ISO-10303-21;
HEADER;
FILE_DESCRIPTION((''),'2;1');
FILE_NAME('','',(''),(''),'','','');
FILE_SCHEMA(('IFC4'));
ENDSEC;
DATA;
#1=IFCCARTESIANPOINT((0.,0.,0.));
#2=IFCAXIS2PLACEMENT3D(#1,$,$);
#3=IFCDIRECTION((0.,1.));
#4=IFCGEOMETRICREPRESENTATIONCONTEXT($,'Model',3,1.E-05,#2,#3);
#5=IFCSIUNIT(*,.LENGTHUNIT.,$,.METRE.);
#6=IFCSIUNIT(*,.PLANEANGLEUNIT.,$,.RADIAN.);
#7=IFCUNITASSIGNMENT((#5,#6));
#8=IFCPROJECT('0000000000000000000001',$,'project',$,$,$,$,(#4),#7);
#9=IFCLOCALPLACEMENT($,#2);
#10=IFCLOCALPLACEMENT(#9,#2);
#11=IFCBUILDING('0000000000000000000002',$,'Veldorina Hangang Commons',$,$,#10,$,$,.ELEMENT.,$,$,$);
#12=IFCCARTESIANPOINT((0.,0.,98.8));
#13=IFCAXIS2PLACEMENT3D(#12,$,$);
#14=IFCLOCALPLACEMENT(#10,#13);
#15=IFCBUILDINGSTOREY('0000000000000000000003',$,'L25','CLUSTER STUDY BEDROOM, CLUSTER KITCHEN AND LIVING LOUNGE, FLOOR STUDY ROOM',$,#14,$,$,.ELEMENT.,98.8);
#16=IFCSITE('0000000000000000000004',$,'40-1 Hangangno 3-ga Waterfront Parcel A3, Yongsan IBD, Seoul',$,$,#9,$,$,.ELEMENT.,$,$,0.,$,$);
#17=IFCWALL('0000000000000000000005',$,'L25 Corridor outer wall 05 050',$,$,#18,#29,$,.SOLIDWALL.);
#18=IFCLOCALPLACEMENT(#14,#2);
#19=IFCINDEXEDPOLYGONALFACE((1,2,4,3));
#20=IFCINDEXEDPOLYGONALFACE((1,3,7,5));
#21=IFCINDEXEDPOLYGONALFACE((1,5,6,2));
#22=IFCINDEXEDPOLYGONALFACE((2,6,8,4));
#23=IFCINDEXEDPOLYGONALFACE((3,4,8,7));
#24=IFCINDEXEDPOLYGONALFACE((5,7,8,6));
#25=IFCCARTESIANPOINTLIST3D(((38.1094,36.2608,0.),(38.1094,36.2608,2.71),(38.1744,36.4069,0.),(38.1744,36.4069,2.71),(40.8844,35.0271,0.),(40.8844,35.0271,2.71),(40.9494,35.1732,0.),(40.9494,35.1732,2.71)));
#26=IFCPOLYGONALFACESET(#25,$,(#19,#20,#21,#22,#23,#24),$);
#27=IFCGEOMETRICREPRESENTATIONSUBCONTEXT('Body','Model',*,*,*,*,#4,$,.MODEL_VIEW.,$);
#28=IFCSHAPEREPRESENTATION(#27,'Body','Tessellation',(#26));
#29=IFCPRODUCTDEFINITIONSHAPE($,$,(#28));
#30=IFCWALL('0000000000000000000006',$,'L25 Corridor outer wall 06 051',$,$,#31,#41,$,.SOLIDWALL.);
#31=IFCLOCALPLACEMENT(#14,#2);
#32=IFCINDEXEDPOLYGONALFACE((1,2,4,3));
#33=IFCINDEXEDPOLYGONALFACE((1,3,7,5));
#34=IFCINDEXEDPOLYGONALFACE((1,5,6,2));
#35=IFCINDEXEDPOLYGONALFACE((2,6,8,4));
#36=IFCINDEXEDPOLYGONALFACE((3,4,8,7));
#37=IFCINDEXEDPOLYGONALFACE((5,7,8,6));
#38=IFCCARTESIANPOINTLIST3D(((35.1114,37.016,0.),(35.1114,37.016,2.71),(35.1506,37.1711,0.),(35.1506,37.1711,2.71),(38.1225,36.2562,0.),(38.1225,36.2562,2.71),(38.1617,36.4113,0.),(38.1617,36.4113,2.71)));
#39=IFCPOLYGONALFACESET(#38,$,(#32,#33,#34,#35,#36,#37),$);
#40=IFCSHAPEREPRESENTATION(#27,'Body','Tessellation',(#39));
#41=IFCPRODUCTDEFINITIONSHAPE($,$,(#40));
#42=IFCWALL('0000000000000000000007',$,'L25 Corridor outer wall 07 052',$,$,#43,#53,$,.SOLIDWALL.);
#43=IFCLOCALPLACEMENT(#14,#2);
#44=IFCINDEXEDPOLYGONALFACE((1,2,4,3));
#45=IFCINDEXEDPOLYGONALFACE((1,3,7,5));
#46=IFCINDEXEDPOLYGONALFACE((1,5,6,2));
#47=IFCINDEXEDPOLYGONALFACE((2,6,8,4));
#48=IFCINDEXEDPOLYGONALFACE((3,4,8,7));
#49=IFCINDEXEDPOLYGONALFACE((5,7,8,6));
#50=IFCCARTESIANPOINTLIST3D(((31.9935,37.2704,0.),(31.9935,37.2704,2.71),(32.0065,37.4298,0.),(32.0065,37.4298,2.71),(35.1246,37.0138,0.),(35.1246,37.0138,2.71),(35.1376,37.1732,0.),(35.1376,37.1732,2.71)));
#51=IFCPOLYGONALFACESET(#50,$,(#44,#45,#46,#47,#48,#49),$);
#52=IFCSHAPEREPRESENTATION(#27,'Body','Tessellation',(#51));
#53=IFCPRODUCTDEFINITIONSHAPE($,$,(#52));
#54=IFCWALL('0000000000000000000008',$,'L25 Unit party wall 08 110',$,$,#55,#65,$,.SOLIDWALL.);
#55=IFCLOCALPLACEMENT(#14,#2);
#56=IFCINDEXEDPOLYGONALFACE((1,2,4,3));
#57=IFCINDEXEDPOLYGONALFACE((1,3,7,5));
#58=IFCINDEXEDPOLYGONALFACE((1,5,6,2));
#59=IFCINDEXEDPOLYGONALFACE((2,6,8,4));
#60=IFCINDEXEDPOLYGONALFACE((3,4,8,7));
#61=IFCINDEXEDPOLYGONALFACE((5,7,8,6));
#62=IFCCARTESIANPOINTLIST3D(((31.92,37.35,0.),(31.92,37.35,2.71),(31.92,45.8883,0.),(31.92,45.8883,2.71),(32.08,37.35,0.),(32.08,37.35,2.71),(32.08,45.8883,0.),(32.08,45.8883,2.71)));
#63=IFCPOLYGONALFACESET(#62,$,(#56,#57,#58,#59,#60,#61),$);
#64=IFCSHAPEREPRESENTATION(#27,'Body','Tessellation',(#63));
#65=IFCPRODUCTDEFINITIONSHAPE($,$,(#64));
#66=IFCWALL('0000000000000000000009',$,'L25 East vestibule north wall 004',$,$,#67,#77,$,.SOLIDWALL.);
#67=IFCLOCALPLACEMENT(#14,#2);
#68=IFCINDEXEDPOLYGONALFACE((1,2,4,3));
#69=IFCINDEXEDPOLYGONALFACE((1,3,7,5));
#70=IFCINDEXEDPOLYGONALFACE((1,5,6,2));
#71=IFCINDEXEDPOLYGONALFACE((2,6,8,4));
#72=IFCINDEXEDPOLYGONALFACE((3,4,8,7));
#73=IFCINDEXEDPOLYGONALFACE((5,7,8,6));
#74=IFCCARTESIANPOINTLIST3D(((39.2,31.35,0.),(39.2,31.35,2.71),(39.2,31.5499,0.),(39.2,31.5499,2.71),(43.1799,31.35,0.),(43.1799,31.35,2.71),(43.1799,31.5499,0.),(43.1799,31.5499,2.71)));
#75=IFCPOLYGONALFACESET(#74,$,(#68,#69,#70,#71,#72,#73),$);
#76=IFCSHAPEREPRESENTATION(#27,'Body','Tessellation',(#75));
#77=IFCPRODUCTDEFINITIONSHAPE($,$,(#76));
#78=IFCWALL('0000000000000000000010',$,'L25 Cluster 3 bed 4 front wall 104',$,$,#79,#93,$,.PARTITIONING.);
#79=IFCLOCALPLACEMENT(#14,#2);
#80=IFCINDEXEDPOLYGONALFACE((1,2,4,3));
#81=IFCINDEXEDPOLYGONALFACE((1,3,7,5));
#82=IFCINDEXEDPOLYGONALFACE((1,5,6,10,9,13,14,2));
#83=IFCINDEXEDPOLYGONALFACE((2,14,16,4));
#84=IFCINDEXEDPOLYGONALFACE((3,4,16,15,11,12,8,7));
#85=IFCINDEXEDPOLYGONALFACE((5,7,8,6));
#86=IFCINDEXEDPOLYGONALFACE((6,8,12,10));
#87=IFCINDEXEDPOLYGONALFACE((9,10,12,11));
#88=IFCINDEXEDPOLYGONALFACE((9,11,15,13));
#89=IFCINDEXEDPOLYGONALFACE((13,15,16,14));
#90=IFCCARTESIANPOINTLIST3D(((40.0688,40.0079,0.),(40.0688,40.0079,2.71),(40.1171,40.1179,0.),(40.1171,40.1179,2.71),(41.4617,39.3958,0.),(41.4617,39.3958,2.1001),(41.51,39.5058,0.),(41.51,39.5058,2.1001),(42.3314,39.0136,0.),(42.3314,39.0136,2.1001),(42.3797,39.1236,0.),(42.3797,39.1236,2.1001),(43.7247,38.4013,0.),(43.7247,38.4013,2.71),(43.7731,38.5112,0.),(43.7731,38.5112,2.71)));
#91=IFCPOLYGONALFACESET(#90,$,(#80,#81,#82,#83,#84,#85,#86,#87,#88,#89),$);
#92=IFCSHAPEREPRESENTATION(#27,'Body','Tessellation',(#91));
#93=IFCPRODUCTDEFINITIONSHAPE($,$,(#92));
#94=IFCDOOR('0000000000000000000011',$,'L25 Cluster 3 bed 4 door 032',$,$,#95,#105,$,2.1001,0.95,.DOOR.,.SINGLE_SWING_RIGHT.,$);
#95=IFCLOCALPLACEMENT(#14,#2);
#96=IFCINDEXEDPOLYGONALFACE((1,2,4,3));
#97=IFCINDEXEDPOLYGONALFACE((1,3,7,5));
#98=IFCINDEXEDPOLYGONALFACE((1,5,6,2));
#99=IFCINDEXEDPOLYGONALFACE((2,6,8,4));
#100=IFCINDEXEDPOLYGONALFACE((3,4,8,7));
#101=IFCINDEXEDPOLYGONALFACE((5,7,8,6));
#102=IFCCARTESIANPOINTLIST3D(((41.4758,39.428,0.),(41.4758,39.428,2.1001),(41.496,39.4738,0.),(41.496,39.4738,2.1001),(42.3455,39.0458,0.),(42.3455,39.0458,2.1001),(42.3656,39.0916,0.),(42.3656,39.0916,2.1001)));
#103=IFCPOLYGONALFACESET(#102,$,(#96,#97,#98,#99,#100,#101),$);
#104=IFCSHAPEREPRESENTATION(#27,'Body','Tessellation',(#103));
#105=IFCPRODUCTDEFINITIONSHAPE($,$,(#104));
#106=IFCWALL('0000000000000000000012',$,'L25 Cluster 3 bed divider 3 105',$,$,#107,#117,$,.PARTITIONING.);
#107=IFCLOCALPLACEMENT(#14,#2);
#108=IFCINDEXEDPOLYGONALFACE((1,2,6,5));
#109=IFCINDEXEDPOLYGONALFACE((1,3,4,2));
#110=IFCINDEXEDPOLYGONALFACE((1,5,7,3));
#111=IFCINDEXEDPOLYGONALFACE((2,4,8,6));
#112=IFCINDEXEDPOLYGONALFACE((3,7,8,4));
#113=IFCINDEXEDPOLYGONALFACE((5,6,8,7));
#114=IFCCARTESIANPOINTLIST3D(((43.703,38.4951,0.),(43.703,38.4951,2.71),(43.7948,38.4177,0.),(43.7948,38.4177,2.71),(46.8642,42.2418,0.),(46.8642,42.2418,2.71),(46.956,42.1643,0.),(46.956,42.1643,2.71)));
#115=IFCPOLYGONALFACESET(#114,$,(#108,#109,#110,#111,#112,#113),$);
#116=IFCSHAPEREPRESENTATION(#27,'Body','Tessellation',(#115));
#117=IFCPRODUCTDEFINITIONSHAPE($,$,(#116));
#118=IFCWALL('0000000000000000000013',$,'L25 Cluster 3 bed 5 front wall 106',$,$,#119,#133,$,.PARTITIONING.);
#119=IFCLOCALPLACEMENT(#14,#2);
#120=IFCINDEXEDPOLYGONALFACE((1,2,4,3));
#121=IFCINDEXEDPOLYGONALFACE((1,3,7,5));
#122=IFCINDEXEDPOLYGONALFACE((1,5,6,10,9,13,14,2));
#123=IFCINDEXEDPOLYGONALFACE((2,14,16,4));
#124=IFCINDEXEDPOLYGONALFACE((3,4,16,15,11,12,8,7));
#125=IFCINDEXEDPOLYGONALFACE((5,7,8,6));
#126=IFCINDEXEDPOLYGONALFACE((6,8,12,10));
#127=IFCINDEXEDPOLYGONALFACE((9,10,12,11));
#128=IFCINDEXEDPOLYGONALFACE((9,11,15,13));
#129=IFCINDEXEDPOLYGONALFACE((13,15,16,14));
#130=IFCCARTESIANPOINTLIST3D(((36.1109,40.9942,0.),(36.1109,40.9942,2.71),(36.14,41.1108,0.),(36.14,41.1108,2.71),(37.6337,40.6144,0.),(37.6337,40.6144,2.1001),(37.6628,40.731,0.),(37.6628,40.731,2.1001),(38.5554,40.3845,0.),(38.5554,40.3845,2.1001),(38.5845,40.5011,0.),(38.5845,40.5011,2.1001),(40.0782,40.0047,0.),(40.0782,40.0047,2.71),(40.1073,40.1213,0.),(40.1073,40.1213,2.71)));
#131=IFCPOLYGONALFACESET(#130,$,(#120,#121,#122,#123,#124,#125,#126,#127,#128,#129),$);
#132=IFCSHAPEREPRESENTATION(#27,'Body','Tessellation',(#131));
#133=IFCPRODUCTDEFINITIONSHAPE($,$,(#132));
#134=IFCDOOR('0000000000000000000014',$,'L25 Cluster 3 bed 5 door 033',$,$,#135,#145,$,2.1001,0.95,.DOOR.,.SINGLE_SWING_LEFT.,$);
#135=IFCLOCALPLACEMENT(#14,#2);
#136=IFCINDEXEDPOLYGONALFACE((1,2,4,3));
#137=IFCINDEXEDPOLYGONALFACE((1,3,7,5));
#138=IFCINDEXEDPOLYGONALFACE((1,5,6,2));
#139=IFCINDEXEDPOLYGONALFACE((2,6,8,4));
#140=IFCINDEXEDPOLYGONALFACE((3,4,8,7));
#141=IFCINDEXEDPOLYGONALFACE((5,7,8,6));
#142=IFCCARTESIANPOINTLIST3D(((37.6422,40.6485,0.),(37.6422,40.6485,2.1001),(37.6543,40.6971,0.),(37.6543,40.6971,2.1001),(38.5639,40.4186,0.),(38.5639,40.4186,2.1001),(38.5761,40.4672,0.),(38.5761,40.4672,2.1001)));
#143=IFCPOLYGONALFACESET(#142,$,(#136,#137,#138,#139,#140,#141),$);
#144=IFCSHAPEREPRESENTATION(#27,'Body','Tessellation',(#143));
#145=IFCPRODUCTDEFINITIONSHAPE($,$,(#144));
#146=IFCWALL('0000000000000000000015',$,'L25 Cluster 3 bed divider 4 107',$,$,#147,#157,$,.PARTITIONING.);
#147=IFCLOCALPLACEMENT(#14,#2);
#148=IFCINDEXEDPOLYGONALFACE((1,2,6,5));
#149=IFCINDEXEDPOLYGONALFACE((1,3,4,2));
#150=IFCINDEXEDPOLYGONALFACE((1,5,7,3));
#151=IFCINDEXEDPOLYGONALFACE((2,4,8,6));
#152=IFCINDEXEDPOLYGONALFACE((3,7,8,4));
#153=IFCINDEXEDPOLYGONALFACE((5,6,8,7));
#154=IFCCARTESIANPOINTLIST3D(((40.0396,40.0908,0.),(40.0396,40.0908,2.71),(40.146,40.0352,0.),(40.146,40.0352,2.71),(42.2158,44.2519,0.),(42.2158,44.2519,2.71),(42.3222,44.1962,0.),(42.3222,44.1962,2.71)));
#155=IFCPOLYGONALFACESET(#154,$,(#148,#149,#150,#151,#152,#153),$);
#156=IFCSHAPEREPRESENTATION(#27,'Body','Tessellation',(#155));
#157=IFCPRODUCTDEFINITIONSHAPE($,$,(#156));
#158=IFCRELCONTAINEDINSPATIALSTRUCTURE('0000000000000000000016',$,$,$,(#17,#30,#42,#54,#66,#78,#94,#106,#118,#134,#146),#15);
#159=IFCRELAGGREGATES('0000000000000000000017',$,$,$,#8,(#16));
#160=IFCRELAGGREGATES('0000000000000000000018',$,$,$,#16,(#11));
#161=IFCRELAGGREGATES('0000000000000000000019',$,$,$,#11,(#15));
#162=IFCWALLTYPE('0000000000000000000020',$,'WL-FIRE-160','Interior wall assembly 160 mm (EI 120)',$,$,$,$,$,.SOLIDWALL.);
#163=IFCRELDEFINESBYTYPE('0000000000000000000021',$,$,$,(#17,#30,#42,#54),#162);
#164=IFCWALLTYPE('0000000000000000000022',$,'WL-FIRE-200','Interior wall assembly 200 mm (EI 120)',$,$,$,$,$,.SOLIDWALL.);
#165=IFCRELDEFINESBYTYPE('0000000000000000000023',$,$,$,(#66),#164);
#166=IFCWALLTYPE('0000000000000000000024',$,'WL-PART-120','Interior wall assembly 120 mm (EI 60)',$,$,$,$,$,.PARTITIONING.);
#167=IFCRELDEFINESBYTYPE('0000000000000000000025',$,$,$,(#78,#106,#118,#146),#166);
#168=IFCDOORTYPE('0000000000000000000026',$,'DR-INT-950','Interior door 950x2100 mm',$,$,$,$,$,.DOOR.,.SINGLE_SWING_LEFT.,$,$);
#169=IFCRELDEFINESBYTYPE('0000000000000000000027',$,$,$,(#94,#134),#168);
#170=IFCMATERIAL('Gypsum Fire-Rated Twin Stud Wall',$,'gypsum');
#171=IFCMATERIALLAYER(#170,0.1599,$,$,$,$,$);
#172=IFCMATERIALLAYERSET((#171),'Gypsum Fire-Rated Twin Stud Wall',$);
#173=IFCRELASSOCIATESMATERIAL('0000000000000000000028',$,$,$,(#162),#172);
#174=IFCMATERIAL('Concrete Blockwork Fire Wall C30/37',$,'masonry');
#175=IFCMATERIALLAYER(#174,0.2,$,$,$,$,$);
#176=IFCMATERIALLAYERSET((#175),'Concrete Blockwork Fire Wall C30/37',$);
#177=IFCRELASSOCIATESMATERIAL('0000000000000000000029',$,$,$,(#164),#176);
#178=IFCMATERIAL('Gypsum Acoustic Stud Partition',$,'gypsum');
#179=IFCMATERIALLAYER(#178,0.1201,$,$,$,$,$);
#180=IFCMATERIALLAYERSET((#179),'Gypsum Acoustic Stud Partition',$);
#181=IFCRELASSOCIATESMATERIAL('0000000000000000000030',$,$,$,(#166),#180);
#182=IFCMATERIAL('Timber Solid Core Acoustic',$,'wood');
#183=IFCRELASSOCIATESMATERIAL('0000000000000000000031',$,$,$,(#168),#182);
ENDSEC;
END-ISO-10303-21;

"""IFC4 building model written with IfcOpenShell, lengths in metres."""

from ifc_helpers import new_model, si_unit, direction, frame, frame_2d, origin, place, context, subcontext, project, spatial, rectangle, extrude, material, layer, layer_set, type_object, element, fill, save


model = new_model("IFC4")

# Units and contexts
model_context = context("Model", 3, precision=1e-05, world=origin(), true_north=direction((0.0, 1.0)))
body_context = subcontext(model_context, "Body", "Model", "MODEL_VIEW")
ifc_project = project(units=[si_unit("LENGTHUNIT", "METRE"), si_unit("PLANEANGLEUNIT", "RADIAN")], contexts=[model_context])

# Site, building, storey
site_placement = place(None, origin())
site = spatial("IfcSite", under=ifc_project, at=site_placement, Name="40-1 Hangangno 3-ga Waterfront Parcel A3, Yongsan IBD, Seoul", CompositionType="ELEMENT", RefElevation=0.0)
building_placement = place(site_placement, origin())
building = spatial("IfcBuilding", under=site, at=building_placement, Name="Veldorina Hangang Commons", CompositionType="ELEMENT")
storey_placement = place(building_placement, frame((0.0, 0.0, 98.8)))
storey = spatial("IfcBuildingStorey", under=building, at=storey_placement, Name="L25", Description="CLUSTER STUDY BEDROOM, CLUSTER KITCHEN AND LIVING LOUNGE, FLOOR STUDY ROOM", CompositionType="ELEMENT", Elevation=98.8)

# Walls
ifc_material_1 = material(Name="Gypsum Fire-Rated Twin Stud Wall", Category="gypsum")
ifc_layer_1 = layer(ifc_material_1, 0.1599)
ifc_layer_set_1 = layer_set([ifc_layer_1], Name="Gypsum Fire-Rated Twin Stud Wall")
wall_type_1 = type_object("IfcWallType", Name="WL-FIRE-160", Description="Interior wall assembly 160 mm (EI 120)", PredefinedType="SOLIDWALL", material=ifc_layer_set_1)
wall_1_placement = place(storey_placement, frame((40.917, 35.1001, 0.0), z_axis=(0.0, 0.0, 1.0), x_axis=(-0.913768, 0.406235, 0.0)))
element("IfcWall", 1, at=wall_1_placement, inside=storey, type_object=wall_type_1, Name="L25 Corridor outer wall 05 050", PredefinedType="SOLIDWALL", context=body_context, shape_type="SweptSolid", body=[
    extrude(rectangle(XDim=3.0369, YDim=0.1599, at=frame_2d((1.5186, 0.0))), origin(), (0.0, 0.0, 1.0), 2.71),
])
wall_2_placement = place(storey_placement, frame((38.1421, 36.3337, 0.0), z_axis=(0.0, 0.0, 1.0), x_axis=(-0.969608, 0.244662, 0.0)))
element("IfcWall", 2, at=wall_2_placement, inside=storey, type_object=wall_type_1, Name="L25 Corridor outer wall 06 051", PredefinedType="SOLIDWALL", context=body_context, shape_type="SweptSolid", body=[
    extrude(rectangle(XDim=3.1055, YDim=0.1599, at=frame_2d((1.5527, 0.0))), origin(), (0.0, 0.0, 1.0), 2.71),
])
wall_3_placement = place(storey_placement, frame((35.1311, 37.0935, 0.0), z_axis=(0.0, 0.0, 1.0), x_axis=(-0.996659, 0.081676, 0.0)))
element("IfcWall", 3, at=wall_3_placement, inside=storey, type_object=wall_type_1, Name="L25 Corridor outer wall 07 052", PredefinedType="SOLIDWALL", context=body_context, shape_type="SweptSolid", body=[
    extrude(rectangle(XDim=3.1416, YDim=0.1599, at=frame_2d((1.5708, 0.0))), origin(), (0.0, 0.0, 1.0), 2.71),
])
wall_4_placement = place(storey_placement, frame((32.0, 37.3501, 0.0), z_axis=(0.0, 0.0, 1.0), x_axis=(0.0, 1.0, 0.0)))
element("IfcWall", 4, at=wall_4_placement, inside=storey, type_object=wall_type_1, Name="L25 Unit party wall 08 110", PredefinedType="SOLIDWALL", context=body_context, shape_type="SweptSolid", body=[
    extrude(rectangle(XDim=8.5383, YDim=0.1599, at=frame_2d((4.269, 0.0))), origin(), (0.0, 0.0, 1.0), 2.71),
])
ifc_material_2 = material(Name="Concrete Blockwork Fire Wall C30/37", Category="masonry")
ifc_layer_2 = layer(ifc_material_2, 0.2)
ifc_layer_set_2 = layer_set([ifc_layer_2], Name="Concrete Blockwork Fire Wall C30/37")
wall_type_2 = type_object("IfcWallType", Name="WL-FIRE-200", Description="Interior wall assembly 200 mm (EI 120)", PredefinedType="SOLIDWALL", material=ifc_layer_set_2)
wall_5_placement = place(storey_placement, frame((39.2, 31.45, 0.0), z_axis=(0.0, 0.0, 1.0), x_axis=(1.0, 0.0, 0.0)))
element("IfcWall", 5, at=wall_5_placement, inside=storey, type_object=wall_type_2, Name="L25 East vestibule north wall 004", PredefinedType="SOLIDWALL", context=body_context, shape_type="SweptSolid", body=[
    extrude(rectangle(XDim=3.98, YDim=0.2, at=frame_2d((1.99, 0.0))), origin(), (0.0, 0.0, 1.0), 2.71),
])

# Wall, opening, door
ifc_material_3 = material(Name="Gypsum Acoustic Stud Partition", Category="gypsum")
ifc_layer_3 = layer(ifc_material_3, 0.1201)
ifc_layer_set_3 = layer_set([ifc_layer_3], Name="Gypsum Acoustic Stud Partition")
wall_type_3 = type_object("IfcWallType", Name="WL-PART-120", Description="Interior wall assembly 120 mm (EI 60)", PredefinedType="PARTITIONING", material=ifc_layer_set_3)
wall_6_placement = place(storey_placement, frame((43.7488, 38.4563, 0.0), z_axis=(0.0, 0.0, 1.0), x_axis=(-0.915495, 0.402329, 0.0)))
wall_6 = element("IfcWall", 6, at=wall_6_placement, inside=storey, type_object=wall_type_3, Name="L25 Cluster 3 bed 4 front wall 104", PredefinedType="PARTITIONING", context=body_context, shape_type="SweptSolid", body=[
    extrude(rectangle(XDim=3.9934, YDim=0.1201, at=frame_2d((1.9966, 0.0))), origin(), (0.0, 0.0, 1.0), 2.71),
])
opening_1_placement = place(wall_6_placement, frame((1.5217, 0.0, 0.0)))
opening_1 = element("IfcOpeningElement", 7, at=opening_1_placement, cuts=wall_6, PredefinedType="OPENING", context=body_context, shape_type="SweptSolid", body=[
    extrude(rectangle(XDim=0.95, YDim=2.1001, at=frame_2d((0.4751, 1.05))), frame((0.0, 0.0701, 0.0), z_axis=(0.0, -1.0, 0.0), x_axis=(1.0, 0.0, 0.0)), (0.0, 0.0, 1.0), 0.1401),
])
ifc_material_4 = material(Name="Timber Solid Core Acoustic", Category="wood")
door_type = type_object("IfcDoorType", Name="DR-INT-950", Description="Interior door 950x2100 mm", OperationType="SINGLE_SWING_LEFT", PredefinedType="DOOR", material=ifc_material_4)
door_1_placement = place(opening_1_placement, origin())
door_1 = element("IfcDoor", 8, at=door_1_placement, inside=storey, type_object=door_type, Name="L25 Cluster 3 bed 4 door 032", OperationType="SINGLE_SWING_RIGHT", OverallHeight=2.1001, OverallWidth=0.95, PredefinedType="DOOR", context=body_context, shape_type="SweptSolid", body=[
    extrude(rectangle(XDim=0.95, YDim=2.1001, at=frame_2d((0.4751, 1.05))), frame((0.0, 0.0249, 0.0), z_axis=(0.0, -1.0, 0.0), x_axis=(1.0, 0.0, 0.0)), (0.0, 0.0, 1.0), 0.05),
])
fill(opening_1, door_1)

# Wall
wall_7_placement = place(storey_placement, frame((43.7488, 38.4563, 0.0), z_axis=(0.0, 0.0, 1.0), x_axis=(0.644865, 0.764296, 0.0)))
element("IfcWall", 9, at=wall_7_placement, inside=storey, type_object=wall_type_3, Name="L25 Cluster 3 bed divider 3 105", PredefinedType="PARTITIONING", context=body_context, shape_type="SweptSolid", body=[
    extrude(rectangle(XDim=4.9021, YDim=0.1201, at=frame_2d((2.4512, 0.0))), origin(), (0.0, 0.0, 1.0), 2.71),
])

# Wall, opening, door
wall_8_placement = place(storey_placement, frame((40.0928, 40.063, 0.0), z_axis=(0.0, 0.0, 1.0), x_axis=(-0.970276, 0.242002, 0.0)))
wall_8 = element("IfcWall", 10, at=wall_8_placement, inside=storey, type_object=wall_type_3, Name="L25 Cluster 3 bed 5 front wall 106", PredefinedType="PARTITIONING", context=body_context, shape_type="SweptSolid", body=[
    extrude(rectangle(XDim=4.0889, YDim=0.1201, at=frame_2d((2.0444, 0.0))), origin(), (0.0, 0.0, 1.0), 2.71),
])
opening_2_placement = place(wall_8_placement, frame((1.5693, 0.0, 0.0)))
opening_2 = element("IfcOpeningElement", 11, at=opening_2_placement, cuts=wall_8, PredefinedType="OPENING", context=body_context, shape_type="SweptSolid", body=[
    extrude(rectangle(XDim=0.95, YDim=2.1001, at=frame_2d((0.4751, 1.05))), frame((0.0, 0.0701, 0.0), z_axis=(0.0, -1.0, 0.0), x_axis=(1.0, 0.0, 0.0)), (0.0, 0.0, 1.0), 0.1401),
])
door_2_placement = place(opening_2_placement, origin())
door_2 = element("IfcDoor", 12, at=door_2_placement, inside=storey, type_object=door_type, Name="L25 Cluster 3 bed 5 door 033", OperationType="SINGLE_SWING_LEFT", OverallHeight=2.1001, OverallWidth=0.95, PredefinedType="DOOR", context=body_context, shape_type="SweptSolid", body=[
    extrude(rectangle(XDim=0.95, YDim=2.1001, at=frame_2d((0.4751, 1.05))), frame((0.0, 0.0249, 0.0), z_axis=(0.0, -1.0, 0.0), x_axis=(1.0, 0.0, 0.0)), (0.0, 0.0, 1.0), 0.05),
])
fill(opening_2, door_2)

# Wall
wall_9_placement = place(storey_placement, frame((40.0928, 40.063, 0.0), z_axis=(0.0, 0.0, 1.0), x_axis=(0.463444, 0.886126, 0.0)))
element("IfcWall", 13, at=wall_9_placement, inside=storey, type_object=wall_type_3, Name="L25 Cluster 3 bed divider 4 107", PredefinedType="PARTITIONING", context=body_context, shape_type="SweptSolid", body=[
    extrude(rectangle(XDim=4.6958, YDim=0.1201, at=frame_2d((2.3479, 0.0))), origin(), (0.0, 0.0, 1.0), 2.71),
])

save(model, "model.ifc")
